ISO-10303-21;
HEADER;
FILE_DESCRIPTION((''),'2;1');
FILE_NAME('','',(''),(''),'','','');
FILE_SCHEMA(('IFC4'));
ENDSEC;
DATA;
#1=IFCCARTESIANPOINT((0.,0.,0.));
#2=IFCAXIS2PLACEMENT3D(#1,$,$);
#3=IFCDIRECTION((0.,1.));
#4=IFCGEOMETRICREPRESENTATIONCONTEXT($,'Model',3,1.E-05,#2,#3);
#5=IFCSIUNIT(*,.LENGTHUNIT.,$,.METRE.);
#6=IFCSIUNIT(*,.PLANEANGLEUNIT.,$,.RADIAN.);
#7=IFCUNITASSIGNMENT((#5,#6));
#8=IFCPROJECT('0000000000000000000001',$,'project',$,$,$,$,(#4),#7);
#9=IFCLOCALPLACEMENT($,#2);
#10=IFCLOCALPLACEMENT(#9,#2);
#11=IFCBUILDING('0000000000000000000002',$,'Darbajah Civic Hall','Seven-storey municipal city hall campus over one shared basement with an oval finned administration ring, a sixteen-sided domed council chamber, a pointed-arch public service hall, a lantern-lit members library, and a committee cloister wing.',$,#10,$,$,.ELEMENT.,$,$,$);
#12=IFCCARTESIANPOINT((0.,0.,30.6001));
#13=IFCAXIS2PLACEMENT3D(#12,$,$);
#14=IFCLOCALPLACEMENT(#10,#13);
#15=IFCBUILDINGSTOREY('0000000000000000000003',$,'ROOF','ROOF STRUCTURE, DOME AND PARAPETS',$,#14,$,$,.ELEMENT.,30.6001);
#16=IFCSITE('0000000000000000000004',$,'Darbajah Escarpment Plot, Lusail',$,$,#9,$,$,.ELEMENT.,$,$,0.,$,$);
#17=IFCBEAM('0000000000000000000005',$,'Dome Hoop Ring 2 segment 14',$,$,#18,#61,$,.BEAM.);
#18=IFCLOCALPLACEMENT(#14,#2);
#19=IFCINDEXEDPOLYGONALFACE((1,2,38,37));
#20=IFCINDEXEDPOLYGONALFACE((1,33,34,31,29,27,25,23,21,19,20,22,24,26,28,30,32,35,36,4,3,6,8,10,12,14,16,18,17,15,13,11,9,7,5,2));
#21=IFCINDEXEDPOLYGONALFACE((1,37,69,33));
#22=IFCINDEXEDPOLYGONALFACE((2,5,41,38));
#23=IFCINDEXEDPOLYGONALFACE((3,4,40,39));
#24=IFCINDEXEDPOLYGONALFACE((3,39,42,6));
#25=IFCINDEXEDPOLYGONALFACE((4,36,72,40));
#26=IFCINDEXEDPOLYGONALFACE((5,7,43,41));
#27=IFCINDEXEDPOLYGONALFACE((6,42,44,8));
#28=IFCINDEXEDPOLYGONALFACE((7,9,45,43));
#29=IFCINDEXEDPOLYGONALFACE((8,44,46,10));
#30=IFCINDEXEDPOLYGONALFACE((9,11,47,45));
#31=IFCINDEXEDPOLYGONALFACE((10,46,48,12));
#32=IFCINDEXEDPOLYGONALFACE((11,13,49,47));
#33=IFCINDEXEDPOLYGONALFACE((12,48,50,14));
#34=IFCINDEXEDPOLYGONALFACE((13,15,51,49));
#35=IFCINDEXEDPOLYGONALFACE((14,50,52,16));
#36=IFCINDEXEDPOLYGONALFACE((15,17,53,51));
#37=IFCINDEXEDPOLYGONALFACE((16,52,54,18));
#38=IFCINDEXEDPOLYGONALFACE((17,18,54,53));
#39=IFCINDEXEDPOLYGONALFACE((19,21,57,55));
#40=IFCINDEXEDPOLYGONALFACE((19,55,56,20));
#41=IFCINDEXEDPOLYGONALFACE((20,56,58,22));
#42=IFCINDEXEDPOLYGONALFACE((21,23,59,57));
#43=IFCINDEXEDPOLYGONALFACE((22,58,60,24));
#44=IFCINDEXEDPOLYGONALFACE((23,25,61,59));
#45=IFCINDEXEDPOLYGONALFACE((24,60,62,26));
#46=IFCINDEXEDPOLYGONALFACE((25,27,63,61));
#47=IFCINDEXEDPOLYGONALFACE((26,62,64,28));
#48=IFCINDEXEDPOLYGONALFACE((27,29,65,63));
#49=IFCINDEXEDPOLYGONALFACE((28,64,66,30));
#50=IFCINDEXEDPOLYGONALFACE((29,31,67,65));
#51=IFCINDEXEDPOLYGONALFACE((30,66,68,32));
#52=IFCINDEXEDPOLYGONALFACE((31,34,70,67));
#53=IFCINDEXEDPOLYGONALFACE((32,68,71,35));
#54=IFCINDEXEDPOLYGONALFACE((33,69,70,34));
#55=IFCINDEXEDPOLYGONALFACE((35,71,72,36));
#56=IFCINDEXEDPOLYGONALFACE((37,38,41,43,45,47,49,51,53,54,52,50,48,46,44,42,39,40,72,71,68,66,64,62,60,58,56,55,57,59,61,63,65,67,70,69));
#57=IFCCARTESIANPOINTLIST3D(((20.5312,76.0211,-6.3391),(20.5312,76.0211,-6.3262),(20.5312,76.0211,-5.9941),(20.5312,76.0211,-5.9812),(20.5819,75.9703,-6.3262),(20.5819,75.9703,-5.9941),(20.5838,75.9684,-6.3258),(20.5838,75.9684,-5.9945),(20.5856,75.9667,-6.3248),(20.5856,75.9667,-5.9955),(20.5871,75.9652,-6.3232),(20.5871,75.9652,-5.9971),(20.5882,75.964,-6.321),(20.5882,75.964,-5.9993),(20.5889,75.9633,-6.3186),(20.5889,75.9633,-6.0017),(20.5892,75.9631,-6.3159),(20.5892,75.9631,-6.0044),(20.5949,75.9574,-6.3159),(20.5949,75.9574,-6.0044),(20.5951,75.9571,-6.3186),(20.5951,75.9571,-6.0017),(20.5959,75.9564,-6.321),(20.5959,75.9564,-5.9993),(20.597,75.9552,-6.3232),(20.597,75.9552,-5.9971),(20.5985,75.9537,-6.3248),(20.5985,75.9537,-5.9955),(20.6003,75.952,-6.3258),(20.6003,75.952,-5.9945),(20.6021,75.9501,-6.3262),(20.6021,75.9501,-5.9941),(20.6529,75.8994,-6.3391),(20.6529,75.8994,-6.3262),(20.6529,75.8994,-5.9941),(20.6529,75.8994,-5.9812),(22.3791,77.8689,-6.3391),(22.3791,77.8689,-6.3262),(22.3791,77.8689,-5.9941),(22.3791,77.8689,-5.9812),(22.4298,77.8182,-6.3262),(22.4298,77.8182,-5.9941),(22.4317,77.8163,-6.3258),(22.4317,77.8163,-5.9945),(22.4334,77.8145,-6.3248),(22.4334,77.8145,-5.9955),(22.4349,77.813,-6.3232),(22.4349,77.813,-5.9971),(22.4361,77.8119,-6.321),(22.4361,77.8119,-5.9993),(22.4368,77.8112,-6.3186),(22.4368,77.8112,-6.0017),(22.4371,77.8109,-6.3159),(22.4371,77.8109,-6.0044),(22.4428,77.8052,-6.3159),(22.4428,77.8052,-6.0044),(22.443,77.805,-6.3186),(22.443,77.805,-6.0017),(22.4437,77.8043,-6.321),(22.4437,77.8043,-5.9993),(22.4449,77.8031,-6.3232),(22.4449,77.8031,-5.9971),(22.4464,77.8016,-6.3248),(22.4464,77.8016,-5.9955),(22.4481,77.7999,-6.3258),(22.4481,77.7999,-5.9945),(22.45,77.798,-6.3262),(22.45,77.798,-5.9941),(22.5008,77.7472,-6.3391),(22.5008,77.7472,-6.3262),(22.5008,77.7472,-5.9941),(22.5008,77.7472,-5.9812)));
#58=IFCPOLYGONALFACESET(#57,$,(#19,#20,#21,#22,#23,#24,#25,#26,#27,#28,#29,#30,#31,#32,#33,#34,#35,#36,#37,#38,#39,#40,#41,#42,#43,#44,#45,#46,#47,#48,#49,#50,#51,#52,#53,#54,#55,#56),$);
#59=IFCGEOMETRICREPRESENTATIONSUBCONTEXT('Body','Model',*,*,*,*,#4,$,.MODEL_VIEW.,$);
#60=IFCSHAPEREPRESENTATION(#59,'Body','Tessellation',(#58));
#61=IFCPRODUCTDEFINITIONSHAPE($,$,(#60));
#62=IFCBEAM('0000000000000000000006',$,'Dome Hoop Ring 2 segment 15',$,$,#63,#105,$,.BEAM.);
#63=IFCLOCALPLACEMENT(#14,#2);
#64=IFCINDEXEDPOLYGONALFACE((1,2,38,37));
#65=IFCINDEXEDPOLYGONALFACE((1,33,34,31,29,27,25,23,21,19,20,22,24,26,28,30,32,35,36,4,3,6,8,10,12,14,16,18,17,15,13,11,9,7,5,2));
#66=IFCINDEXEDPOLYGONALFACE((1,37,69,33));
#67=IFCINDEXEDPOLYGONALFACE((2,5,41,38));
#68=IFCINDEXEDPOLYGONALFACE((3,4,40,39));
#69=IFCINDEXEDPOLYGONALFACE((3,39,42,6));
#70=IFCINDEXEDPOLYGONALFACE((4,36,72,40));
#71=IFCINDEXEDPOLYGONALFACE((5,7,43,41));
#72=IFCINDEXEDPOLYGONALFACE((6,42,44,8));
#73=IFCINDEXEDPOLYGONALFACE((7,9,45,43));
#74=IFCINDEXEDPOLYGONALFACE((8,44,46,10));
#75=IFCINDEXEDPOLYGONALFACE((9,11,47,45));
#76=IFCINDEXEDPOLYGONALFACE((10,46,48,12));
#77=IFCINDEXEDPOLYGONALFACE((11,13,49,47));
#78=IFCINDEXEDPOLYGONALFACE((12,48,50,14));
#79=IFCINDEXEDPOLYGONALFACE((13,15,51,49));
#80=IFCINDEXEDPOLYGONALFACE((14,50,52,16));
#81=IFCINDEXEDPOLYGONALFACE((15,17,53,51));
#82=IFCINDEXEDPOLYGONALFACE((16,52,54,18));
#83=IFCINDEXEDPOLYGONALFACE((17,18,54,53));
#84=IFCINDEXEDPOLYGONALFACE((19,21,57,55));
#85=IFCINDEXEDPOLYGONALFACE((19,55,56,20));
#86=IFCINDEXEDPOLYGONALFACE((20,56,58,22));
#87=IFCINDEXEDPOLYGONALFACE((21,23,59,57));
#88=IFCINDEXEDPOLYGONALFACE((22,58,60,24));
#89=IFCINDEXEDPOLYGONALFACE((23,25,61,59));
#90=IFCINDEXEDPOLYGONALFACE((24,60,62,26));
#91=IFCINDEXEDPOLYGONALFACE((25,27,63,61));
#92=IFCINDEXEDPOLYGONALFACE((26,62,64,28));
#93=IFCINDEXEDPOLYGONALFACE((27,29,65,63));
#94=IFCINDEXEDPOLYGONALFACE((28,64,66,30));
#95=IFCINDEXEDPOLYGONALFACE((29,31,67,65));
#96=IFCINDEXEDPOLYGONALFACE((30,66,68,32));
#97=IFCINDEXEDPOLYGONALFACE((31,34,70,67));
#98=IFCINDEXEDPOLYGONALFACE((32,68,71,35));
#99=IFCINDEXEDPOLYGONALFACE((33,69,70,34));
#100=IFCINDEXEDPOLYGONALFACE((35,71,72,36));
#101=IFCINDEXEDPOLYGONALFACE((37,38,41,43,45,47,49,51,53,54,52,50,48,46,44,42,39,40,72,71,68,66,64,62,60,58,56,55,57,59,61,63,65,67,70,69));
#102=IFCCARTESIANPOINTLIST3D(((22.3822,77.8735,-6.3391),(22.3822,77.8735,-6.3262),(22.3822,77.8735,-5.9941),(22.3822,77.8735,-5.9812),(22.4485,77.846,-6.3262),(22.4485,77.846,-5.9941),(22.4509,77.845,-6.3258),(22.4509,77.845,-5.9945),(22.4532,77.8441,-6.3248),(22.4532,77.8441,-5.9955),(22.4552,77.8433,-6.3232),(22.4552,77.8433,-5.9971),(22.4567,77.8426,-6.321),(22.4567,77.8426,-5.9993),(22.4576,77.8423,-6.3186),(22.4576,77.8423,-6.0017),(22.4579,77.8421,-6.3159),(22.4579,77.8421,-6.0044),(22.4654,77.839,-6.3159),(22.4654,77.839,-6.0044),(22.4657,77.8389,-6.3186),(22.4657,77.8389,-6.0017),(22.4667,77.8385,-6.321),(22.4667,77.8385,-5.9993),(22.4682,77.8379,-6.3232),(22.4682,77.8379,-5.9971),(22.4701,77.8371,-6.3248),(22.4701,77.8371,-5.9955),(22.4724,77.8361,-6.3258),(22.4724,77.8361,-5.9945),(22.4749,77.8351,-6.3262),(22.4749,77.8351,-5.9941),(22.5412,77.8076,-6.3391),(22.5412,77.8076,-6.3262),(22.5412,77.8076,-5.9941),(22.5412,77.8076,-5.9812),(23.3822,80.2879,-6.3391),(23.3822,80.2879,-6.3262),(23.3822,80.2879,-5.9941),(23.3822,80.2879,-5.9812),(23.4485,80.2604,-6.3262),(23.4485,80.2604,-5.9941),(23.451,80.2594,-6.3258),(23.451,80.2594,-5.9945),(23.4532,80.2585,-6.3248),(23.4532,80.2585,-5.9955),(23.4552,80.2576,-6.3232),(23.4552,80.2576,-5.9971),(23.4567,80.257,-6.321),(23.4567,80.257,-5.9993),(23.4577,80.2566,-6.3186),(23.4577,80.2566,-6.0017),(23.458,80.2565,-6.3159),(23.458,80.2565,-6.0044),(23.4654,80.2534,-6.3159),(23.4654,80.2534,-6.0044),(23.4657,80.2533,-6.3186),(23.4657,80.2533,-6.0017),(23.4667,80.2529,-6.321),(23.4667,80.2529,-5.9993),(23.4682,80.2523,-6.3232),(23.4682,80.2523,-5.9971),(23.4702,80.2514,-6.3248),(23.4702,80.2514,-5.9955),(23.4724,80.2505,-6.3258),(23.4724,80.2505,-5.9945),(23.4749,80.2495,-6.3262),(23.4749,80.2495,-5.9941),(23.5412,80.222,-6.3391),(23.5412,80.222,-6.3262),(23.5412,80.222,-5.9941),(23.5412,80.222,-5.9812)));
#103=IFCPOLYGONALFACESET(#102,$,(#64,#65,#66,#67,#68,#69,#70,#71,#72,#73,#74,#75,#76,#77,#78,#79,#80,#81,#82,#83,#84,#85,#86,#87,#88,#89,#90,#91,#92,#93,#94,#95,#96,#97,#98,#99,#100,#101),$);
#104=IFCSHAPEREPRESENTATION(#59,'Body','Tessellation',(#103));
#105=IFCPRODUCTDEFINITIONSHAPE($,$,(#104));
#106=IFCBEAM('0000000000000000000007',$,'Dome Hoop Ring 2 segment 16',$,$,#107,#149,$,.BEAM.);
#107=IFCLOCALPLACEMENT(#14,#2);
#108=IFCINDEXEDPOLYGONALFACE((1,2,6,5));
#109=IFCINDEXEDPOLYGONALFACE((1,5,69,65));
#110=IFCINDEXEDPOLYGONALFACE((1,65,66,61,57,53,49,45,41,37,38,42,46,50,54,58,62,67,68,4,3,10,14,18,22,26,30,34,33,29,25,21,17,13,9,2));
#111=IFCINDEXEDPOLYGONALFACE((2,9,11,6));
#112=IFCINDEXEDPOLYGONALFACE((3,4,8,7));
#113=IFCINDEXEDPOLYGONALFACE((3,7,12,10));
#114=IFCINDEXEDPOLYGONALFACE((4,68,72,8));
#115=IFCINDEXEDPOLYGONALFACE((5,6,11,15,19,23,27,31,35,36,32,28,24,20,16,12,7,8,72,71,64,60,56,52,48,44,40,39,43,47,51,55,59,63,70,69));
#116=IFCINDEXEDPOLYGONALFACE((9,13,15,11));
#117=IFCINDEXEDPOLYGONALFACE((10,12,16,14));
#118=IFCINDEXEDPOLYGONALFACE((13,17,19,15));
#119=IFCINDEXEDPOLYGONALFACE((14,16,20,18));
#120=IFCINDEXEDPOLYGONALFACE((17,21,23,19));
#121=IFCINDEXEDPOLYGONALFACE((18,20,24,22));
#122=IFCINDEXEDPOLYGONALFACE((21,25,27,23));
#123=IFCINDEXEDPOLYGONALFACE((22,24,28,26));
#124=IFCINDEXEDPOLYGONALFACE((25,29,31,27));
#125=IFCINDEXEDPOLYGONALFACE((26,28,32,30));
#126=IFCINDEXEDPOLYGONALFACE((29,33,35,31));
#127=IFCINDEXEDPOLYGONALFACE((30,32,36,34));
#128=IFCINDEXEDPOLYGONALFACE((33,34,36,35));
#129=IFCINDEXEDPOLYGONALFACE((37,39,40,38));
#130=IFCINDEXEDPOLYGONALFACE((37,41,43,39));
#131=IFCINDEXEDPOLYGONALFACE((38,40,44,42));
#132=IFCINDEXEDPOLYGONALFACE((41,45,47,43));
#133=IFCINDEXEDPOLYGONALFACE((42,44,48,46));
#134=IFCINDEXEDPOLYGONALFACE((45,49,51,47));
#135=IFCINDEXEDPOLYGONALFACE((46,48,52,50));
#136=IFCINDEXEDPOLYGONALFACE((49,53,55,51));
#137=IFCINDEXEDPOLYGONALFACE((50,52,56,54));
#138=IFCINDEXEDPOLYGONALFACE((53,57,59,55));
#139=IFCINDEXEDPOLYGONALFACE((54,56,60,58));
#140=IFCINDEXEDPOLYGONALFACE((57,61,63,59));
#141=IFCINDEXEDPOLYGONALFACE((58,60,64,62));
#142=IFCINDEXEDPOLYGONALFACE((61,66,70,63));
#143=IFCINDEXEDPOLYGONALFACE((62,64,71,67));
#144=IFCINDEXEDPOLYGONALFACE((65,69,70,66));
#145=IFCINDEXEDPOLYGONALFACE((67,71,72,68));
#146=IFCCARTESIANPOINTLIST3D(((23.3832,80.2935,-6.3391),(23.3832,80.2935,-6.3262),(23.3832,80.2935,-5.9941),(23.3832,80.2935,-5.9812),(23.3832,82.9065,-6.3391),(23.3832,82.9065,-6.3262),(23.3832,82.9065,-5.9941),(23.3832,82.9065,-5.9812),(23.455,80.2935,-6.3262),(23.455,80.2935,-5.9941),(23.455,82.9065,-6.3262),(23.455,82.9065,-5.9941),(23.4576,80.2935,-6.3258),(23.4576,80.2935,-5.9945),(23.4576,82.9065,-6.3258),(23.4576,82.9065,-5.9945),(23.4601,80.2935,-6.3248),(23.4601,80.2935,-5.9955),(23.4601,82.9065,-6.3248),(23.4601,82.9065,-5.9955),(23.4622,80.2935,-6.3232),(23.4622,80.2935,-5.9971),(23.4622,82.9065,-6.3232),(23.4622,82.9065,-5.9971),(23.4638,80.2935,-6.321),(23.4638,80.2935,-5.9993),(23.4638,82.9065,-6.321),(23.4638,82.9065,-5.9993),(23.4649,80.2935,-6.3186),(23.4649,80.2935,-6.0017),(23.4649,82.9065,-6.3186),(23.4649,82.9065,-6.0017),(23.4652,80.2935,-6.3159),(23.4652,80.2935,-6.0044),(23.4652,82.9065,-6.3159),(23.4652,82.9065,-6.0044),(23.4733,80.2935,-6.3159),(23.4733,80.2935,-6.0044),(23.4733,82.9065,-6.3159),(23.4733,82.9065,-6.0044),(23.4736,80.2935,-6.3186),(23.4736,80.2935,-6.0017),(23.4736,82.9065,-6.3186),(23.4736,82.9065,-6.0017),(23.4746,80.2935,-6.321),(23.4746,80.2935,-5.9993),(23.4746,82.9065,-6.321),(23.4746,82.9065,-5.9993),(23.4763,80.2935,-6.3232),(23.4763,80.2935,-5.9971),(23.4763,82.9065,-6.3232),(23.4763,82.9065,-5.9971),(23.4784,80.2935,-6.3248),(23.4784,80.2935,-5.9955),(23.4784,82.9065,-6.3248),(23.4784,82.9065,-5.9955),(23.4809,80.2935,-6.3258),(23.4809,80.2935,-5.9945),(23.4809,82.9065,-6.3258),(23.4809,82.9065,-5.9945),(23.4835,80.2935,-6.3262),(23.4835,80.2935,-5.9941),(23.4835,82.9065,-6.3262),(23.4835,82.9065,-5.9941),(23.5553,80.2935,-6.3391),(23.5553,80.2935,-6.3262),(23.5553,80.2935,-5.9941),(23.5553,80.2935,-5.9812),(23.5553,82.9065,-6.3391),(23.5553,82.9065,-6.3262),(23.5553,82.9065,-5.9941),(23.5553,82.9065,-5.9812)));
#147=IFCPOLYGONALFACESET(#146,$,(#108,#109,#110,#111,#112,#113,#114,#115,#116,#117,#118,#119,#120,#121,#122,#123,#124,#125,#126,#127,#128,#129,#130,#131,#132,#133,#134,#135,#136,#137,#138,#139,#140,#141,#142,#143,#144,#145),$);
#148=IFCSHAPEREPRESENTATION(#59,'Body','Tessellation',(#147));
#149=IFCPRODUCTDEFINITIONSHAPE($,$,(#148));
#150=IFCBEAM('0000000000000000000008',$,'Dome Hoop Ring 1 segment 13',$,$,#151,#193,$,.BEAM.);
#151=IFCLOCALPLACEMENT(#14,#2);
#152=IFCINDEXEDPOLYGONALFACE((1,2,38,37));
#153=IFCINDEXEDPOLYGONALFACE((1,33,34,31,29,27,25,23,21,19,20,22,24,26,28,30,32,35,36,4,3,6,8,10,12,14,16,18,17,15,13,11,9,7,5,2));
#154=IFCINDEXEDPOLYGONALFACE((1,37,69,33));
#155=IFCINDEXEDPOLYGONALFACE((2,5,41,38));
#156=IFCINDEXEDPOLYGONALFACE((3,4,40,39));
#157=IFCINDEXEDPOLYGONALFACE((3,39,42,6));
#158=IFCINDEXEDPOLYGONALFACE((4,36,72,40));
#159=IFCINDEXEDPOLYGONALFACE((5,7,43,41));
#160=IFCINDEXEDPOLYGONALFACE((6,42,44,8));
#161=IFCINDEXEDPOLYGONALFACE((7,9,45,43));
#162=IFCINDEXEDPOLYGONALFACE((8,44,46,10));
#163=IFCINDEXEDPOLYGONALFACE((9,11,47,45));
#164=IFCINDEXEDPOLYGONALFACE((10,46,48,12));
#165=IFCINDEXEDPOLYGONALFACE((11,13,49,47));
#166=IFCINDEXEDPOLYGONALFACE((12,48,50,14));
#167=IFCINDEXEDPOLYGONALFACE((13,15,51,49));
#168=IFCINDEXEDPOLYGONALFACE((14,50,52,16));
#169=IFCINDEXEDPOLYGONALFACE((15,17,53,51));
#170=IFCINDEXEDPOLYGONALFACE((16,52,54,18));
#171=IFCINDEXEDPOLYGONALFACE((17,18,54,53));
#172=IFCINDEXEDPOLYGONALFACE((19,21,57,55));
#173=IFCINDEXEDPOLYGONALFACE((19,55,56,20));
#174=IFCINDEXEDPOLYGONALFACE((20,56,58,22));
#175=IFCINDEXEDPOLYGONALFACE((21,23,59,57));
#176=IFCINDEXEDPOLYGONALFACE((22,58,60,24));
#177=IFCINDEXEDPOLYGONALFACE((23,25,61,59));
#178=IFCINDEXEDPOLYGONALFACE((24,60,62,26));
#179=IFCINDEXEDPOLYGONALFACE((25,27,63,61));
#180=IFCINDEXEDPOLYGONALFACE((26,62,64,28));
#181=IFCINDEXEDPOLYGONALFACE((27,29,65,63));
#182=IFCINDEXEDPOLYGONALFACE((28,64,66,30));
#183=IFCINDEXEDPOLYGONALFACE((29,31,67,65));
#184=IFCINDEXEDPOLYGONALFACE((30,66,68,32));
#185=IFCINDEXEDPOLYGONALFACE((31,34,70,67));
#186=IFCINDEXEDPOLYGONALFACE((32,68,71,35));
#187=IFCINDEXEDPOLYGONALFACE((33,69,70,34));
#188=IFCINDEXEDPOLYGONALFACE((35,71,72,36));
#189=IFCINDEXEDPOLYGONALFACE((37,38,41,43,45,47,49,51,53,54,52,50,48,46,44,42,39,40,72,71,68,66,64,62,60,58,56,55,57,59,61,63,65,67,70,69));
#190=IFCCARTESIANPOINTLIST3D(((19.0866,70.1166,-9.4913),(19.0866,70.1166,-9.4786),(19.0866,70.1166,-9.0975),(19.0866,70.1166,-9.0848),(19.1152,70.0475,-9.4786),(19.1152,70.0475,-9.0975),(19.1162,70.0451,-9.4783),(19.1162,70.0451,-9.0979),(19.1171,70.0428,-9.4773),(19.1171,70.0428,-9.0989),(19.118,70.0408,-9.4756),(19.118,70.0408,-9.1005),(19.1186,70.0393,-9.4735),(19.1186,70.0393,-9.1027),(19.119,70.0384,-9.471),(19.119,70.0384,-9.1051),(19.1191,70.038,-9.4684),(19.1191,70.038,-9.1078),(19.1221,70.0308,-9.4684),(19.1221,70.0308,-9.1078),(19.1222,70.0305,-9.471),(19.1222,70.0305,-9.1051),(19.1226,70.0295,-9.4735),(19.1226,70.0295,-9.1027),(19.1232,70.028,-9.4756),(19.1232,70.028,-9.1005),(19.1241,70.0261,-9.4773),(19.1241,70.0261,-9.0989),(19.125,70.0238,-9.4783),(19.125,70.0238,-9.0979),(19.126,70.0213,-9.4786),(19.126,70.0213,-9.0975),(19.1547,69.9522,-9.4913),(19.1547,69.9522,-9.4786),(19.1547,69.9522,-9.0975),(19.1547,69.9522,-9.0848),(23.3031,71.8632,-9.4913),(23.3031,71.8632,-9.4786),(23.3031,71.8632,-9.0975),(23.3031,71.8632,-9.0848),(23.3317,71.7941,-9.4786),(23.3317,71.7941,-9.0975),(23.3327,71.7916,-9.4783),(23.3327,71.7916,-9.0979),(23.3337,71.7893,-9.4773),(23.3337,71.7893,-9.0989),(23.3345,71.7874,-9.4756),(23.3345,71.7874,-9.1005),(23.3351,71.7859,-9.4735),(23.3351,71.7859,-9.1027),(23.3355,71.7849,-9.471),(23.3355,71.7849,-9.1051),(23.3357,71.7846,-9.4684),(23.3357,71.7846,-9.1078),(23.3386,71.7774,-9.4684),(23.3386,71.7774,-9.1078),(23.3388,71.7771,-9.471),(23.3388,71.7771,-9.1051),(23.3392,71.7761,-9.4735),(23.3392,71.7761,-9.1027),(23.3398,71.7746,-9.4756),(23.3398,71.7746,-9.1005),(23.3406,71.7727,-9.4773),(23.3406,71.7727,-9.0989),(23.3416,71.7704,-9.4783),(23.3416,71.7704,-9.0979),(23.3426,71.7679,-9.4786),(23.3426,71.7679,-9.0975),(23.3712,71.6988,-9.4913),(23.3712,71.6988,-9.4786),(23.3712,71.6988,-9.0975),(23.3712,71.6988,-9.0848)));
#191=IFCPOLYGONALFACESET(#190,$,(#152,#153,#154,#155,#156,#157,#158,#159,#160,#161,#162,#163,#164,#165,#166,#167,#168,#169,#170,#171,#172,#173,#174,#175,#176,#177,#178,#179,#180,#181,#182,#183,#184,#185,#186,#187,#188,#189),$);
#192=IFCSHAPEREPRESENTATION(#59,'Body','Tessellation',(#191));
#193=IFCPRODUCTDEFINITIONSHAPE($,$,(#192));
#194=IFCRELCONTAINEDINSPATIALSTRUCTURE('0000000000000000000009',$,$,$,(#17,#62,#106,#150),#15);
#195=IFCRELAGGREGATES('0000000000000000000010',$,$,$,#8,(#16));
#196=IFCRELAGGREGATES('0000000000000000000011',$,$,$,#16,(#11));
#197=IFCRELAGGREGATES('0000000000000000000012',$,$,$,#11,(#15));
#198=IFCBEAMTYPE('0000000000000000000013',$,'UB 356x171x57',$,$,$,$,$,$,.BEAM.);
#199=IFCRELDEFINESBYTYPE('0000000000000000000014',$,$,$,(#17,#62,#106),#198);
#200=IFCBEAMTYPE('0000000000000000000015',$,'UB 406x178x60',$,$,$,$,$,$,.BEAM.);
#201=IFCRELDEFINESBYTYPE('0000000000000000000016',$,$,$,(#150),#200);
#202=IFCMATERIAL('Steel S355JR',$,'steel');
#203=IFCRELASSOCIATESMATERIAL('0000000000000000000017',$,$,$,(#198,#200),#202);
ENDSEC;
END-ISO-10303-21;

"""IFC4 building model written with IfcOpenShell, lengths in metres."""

from ifc_helpers import new_model, si_unit, direction, frame, origin, origin_2d, place, context, subcontext, project, spatial, i_section, extrude, material, material_profile, profile_set, type_object, element, save


model = new_model("IFC4")

# Units and contexts
model_context = context("Model", 3, precision=1e-05, world=origin(), true_north=direction((0.0, 1.0)))
body_context = subcontext(model_context, "Body", "Model", "MODEL_VIEW")
ifc_project = project(units=[si_unit("LENGTHUNIT", "METRE"), si_unit("PLANEANGLEUNIT", "RADIAN")], contexts=[model_context])

# Site, building, storey
site_placement = place(None, origin())
site = spatial("IfcSite", under=ifc_project, at=site_placement, Name="Darbajah Escarpment Plot, Lusail", CompositionType="ELEMENT", RefElevation=0.0)
building_placement = place(site_placement, origin())
building = spatial("IfcBuilding", under=site, at=building_placement, Name="Darbajah Civic Hall", Description="Seven-storey municipal city hall campus over one shared basement with an oval finned administration ring, a sixteen-sided domed council chamber, a pointed-arch public service hall, a lantern-lit members library, and a committee cloister wing.", CompositionType="ELEMENT")
storey_placement = place(building_placement, frame((0.0, 0.0, 30.6001)))
storey = spatial("IfcBuildingStorey", under=building, at=storey_placement, Name="ROOF", Description="ROOF STRUCTURE, DOME AND PARAPETS", CompositionType="ELEMENT", Elevation=30.6001)

# Shared definitions
ifc_material = material(Name="Steel S355JR", Category="steel")

# Beams
ifc_material_profile_1 = material_profile(ifc_material, i_section(OverallWidth=0.1721, OverallDepth=0.3579, WebThickness=0.0081, FlangeThickness=0.0129, FilletRadius=0.0103, at=origin_2d()), Name="UB 356x171x57")
ifc_profile_set_1 = profile_set([ifc_material_profile_1], Name="Steel S355JR")
beam_type_1 = type_object("IfcBeamType", Name="UB 356x171x57", PredefinedType="BEAM", material=ifc_profile_set_1)
for number, where, z_axis, x_axis, name in (
    (1, (20.592, 75.9602, -6.1602), (0.707107, 0.707107, 0.0), (-0.707107, 0.707107, 0.0), "Dome Hoop Ring 2 segment 14"),
    (2, (22.4617, 77.8406, -6.1602), (0.382671, 0.923885, 0.0), (-0.923885, 0.382671, 0.0), "Dome Hoop Ring 2 segment 15"),
):
    element("IfcBeam", number, at=place(storey_placement, frame(where, z_axis=z_axis, x_axis=x_axis)), inside=storey, type_object=beam_type_1, Name=name, PredefinedType="BEAM", context=body_context, shape_type="SweptSolid", body=[
        extrude(i_section(OverallWidth=0.1721, OverallDepth=0.3579, WebThickness=0.0081, FlangeThickness=0.0129, FilletRadius=0.0103, at=origin_2d()), origin(), (0.0, 0.0, 1.0), 2.6133),
    ])
beam_1_placement = place(storey_placement, frame((23.4692, 80.2935, -6.1602), z_axis=(0.0, 1.0, 0.0), x_axis=(-1.0, 0.0, 0.0)))
element("IfcBeam", 3, at=beam_1_placement, inside=storey, type_object=beam_type_1, Name="Dome Hoop Ring 2 segment 16", PredefinedType="BEAM", context=body_context, shape_type="SweptSolid", body=[
    extrude(i_section(OverallWidth=0.1721, OverallDepth=0.3579, WebThickness=0.0081, FlangeThickness=0.0129, FilletRadius=0.0103, at=origin_2d()), origin(), (0.0, 0.0, 1.0), 2.613),
])
ifc_material_profile_2 = material_profile(ifc_material, i_section(OverallWidth=0.178, OverallDepth=0.4065, WebThickness=0.0078, FlangeThickness=0.0127, FilletRadius=0.0103, at=origin_2d()), Name="UB 406x178x60")
ifc_profile_set_2 = profile_set([ifc_material_profile_2], Name="Steel S355JR")
beam_type_2 = type_object("IfcBeamType", Name="UB 406x178x60", PredefinedType="BEAM", material=ifc_profile_set_2)
beam_2_placement = place(storey_placement, frame((19.1206, 70.0344, -9.2881), z_axis=(0.923877, 0.382689, 0.0), x_axis=(-0.382689, 0.923877, 0.0)))
element("IfcBeam", 4, at=beam_2_placement, inside=storey, type_object=beam_type_2, Name="Dome Hoop Ring 1 segment 13", PredefinedType="BEAM", context=body_context, shape_type="SweptSolid", body=[
    extrude(i_section(OverallWidth=0.178, OverallDepth=0.4065, WebThickness=0.0078, FlangeThickness=0.0127, FilletRadius=0.0103, at=origin_2d()), origin(), (0.0, 0.0, 1.0), 4.564),
])

save(model, "model.ifc")
